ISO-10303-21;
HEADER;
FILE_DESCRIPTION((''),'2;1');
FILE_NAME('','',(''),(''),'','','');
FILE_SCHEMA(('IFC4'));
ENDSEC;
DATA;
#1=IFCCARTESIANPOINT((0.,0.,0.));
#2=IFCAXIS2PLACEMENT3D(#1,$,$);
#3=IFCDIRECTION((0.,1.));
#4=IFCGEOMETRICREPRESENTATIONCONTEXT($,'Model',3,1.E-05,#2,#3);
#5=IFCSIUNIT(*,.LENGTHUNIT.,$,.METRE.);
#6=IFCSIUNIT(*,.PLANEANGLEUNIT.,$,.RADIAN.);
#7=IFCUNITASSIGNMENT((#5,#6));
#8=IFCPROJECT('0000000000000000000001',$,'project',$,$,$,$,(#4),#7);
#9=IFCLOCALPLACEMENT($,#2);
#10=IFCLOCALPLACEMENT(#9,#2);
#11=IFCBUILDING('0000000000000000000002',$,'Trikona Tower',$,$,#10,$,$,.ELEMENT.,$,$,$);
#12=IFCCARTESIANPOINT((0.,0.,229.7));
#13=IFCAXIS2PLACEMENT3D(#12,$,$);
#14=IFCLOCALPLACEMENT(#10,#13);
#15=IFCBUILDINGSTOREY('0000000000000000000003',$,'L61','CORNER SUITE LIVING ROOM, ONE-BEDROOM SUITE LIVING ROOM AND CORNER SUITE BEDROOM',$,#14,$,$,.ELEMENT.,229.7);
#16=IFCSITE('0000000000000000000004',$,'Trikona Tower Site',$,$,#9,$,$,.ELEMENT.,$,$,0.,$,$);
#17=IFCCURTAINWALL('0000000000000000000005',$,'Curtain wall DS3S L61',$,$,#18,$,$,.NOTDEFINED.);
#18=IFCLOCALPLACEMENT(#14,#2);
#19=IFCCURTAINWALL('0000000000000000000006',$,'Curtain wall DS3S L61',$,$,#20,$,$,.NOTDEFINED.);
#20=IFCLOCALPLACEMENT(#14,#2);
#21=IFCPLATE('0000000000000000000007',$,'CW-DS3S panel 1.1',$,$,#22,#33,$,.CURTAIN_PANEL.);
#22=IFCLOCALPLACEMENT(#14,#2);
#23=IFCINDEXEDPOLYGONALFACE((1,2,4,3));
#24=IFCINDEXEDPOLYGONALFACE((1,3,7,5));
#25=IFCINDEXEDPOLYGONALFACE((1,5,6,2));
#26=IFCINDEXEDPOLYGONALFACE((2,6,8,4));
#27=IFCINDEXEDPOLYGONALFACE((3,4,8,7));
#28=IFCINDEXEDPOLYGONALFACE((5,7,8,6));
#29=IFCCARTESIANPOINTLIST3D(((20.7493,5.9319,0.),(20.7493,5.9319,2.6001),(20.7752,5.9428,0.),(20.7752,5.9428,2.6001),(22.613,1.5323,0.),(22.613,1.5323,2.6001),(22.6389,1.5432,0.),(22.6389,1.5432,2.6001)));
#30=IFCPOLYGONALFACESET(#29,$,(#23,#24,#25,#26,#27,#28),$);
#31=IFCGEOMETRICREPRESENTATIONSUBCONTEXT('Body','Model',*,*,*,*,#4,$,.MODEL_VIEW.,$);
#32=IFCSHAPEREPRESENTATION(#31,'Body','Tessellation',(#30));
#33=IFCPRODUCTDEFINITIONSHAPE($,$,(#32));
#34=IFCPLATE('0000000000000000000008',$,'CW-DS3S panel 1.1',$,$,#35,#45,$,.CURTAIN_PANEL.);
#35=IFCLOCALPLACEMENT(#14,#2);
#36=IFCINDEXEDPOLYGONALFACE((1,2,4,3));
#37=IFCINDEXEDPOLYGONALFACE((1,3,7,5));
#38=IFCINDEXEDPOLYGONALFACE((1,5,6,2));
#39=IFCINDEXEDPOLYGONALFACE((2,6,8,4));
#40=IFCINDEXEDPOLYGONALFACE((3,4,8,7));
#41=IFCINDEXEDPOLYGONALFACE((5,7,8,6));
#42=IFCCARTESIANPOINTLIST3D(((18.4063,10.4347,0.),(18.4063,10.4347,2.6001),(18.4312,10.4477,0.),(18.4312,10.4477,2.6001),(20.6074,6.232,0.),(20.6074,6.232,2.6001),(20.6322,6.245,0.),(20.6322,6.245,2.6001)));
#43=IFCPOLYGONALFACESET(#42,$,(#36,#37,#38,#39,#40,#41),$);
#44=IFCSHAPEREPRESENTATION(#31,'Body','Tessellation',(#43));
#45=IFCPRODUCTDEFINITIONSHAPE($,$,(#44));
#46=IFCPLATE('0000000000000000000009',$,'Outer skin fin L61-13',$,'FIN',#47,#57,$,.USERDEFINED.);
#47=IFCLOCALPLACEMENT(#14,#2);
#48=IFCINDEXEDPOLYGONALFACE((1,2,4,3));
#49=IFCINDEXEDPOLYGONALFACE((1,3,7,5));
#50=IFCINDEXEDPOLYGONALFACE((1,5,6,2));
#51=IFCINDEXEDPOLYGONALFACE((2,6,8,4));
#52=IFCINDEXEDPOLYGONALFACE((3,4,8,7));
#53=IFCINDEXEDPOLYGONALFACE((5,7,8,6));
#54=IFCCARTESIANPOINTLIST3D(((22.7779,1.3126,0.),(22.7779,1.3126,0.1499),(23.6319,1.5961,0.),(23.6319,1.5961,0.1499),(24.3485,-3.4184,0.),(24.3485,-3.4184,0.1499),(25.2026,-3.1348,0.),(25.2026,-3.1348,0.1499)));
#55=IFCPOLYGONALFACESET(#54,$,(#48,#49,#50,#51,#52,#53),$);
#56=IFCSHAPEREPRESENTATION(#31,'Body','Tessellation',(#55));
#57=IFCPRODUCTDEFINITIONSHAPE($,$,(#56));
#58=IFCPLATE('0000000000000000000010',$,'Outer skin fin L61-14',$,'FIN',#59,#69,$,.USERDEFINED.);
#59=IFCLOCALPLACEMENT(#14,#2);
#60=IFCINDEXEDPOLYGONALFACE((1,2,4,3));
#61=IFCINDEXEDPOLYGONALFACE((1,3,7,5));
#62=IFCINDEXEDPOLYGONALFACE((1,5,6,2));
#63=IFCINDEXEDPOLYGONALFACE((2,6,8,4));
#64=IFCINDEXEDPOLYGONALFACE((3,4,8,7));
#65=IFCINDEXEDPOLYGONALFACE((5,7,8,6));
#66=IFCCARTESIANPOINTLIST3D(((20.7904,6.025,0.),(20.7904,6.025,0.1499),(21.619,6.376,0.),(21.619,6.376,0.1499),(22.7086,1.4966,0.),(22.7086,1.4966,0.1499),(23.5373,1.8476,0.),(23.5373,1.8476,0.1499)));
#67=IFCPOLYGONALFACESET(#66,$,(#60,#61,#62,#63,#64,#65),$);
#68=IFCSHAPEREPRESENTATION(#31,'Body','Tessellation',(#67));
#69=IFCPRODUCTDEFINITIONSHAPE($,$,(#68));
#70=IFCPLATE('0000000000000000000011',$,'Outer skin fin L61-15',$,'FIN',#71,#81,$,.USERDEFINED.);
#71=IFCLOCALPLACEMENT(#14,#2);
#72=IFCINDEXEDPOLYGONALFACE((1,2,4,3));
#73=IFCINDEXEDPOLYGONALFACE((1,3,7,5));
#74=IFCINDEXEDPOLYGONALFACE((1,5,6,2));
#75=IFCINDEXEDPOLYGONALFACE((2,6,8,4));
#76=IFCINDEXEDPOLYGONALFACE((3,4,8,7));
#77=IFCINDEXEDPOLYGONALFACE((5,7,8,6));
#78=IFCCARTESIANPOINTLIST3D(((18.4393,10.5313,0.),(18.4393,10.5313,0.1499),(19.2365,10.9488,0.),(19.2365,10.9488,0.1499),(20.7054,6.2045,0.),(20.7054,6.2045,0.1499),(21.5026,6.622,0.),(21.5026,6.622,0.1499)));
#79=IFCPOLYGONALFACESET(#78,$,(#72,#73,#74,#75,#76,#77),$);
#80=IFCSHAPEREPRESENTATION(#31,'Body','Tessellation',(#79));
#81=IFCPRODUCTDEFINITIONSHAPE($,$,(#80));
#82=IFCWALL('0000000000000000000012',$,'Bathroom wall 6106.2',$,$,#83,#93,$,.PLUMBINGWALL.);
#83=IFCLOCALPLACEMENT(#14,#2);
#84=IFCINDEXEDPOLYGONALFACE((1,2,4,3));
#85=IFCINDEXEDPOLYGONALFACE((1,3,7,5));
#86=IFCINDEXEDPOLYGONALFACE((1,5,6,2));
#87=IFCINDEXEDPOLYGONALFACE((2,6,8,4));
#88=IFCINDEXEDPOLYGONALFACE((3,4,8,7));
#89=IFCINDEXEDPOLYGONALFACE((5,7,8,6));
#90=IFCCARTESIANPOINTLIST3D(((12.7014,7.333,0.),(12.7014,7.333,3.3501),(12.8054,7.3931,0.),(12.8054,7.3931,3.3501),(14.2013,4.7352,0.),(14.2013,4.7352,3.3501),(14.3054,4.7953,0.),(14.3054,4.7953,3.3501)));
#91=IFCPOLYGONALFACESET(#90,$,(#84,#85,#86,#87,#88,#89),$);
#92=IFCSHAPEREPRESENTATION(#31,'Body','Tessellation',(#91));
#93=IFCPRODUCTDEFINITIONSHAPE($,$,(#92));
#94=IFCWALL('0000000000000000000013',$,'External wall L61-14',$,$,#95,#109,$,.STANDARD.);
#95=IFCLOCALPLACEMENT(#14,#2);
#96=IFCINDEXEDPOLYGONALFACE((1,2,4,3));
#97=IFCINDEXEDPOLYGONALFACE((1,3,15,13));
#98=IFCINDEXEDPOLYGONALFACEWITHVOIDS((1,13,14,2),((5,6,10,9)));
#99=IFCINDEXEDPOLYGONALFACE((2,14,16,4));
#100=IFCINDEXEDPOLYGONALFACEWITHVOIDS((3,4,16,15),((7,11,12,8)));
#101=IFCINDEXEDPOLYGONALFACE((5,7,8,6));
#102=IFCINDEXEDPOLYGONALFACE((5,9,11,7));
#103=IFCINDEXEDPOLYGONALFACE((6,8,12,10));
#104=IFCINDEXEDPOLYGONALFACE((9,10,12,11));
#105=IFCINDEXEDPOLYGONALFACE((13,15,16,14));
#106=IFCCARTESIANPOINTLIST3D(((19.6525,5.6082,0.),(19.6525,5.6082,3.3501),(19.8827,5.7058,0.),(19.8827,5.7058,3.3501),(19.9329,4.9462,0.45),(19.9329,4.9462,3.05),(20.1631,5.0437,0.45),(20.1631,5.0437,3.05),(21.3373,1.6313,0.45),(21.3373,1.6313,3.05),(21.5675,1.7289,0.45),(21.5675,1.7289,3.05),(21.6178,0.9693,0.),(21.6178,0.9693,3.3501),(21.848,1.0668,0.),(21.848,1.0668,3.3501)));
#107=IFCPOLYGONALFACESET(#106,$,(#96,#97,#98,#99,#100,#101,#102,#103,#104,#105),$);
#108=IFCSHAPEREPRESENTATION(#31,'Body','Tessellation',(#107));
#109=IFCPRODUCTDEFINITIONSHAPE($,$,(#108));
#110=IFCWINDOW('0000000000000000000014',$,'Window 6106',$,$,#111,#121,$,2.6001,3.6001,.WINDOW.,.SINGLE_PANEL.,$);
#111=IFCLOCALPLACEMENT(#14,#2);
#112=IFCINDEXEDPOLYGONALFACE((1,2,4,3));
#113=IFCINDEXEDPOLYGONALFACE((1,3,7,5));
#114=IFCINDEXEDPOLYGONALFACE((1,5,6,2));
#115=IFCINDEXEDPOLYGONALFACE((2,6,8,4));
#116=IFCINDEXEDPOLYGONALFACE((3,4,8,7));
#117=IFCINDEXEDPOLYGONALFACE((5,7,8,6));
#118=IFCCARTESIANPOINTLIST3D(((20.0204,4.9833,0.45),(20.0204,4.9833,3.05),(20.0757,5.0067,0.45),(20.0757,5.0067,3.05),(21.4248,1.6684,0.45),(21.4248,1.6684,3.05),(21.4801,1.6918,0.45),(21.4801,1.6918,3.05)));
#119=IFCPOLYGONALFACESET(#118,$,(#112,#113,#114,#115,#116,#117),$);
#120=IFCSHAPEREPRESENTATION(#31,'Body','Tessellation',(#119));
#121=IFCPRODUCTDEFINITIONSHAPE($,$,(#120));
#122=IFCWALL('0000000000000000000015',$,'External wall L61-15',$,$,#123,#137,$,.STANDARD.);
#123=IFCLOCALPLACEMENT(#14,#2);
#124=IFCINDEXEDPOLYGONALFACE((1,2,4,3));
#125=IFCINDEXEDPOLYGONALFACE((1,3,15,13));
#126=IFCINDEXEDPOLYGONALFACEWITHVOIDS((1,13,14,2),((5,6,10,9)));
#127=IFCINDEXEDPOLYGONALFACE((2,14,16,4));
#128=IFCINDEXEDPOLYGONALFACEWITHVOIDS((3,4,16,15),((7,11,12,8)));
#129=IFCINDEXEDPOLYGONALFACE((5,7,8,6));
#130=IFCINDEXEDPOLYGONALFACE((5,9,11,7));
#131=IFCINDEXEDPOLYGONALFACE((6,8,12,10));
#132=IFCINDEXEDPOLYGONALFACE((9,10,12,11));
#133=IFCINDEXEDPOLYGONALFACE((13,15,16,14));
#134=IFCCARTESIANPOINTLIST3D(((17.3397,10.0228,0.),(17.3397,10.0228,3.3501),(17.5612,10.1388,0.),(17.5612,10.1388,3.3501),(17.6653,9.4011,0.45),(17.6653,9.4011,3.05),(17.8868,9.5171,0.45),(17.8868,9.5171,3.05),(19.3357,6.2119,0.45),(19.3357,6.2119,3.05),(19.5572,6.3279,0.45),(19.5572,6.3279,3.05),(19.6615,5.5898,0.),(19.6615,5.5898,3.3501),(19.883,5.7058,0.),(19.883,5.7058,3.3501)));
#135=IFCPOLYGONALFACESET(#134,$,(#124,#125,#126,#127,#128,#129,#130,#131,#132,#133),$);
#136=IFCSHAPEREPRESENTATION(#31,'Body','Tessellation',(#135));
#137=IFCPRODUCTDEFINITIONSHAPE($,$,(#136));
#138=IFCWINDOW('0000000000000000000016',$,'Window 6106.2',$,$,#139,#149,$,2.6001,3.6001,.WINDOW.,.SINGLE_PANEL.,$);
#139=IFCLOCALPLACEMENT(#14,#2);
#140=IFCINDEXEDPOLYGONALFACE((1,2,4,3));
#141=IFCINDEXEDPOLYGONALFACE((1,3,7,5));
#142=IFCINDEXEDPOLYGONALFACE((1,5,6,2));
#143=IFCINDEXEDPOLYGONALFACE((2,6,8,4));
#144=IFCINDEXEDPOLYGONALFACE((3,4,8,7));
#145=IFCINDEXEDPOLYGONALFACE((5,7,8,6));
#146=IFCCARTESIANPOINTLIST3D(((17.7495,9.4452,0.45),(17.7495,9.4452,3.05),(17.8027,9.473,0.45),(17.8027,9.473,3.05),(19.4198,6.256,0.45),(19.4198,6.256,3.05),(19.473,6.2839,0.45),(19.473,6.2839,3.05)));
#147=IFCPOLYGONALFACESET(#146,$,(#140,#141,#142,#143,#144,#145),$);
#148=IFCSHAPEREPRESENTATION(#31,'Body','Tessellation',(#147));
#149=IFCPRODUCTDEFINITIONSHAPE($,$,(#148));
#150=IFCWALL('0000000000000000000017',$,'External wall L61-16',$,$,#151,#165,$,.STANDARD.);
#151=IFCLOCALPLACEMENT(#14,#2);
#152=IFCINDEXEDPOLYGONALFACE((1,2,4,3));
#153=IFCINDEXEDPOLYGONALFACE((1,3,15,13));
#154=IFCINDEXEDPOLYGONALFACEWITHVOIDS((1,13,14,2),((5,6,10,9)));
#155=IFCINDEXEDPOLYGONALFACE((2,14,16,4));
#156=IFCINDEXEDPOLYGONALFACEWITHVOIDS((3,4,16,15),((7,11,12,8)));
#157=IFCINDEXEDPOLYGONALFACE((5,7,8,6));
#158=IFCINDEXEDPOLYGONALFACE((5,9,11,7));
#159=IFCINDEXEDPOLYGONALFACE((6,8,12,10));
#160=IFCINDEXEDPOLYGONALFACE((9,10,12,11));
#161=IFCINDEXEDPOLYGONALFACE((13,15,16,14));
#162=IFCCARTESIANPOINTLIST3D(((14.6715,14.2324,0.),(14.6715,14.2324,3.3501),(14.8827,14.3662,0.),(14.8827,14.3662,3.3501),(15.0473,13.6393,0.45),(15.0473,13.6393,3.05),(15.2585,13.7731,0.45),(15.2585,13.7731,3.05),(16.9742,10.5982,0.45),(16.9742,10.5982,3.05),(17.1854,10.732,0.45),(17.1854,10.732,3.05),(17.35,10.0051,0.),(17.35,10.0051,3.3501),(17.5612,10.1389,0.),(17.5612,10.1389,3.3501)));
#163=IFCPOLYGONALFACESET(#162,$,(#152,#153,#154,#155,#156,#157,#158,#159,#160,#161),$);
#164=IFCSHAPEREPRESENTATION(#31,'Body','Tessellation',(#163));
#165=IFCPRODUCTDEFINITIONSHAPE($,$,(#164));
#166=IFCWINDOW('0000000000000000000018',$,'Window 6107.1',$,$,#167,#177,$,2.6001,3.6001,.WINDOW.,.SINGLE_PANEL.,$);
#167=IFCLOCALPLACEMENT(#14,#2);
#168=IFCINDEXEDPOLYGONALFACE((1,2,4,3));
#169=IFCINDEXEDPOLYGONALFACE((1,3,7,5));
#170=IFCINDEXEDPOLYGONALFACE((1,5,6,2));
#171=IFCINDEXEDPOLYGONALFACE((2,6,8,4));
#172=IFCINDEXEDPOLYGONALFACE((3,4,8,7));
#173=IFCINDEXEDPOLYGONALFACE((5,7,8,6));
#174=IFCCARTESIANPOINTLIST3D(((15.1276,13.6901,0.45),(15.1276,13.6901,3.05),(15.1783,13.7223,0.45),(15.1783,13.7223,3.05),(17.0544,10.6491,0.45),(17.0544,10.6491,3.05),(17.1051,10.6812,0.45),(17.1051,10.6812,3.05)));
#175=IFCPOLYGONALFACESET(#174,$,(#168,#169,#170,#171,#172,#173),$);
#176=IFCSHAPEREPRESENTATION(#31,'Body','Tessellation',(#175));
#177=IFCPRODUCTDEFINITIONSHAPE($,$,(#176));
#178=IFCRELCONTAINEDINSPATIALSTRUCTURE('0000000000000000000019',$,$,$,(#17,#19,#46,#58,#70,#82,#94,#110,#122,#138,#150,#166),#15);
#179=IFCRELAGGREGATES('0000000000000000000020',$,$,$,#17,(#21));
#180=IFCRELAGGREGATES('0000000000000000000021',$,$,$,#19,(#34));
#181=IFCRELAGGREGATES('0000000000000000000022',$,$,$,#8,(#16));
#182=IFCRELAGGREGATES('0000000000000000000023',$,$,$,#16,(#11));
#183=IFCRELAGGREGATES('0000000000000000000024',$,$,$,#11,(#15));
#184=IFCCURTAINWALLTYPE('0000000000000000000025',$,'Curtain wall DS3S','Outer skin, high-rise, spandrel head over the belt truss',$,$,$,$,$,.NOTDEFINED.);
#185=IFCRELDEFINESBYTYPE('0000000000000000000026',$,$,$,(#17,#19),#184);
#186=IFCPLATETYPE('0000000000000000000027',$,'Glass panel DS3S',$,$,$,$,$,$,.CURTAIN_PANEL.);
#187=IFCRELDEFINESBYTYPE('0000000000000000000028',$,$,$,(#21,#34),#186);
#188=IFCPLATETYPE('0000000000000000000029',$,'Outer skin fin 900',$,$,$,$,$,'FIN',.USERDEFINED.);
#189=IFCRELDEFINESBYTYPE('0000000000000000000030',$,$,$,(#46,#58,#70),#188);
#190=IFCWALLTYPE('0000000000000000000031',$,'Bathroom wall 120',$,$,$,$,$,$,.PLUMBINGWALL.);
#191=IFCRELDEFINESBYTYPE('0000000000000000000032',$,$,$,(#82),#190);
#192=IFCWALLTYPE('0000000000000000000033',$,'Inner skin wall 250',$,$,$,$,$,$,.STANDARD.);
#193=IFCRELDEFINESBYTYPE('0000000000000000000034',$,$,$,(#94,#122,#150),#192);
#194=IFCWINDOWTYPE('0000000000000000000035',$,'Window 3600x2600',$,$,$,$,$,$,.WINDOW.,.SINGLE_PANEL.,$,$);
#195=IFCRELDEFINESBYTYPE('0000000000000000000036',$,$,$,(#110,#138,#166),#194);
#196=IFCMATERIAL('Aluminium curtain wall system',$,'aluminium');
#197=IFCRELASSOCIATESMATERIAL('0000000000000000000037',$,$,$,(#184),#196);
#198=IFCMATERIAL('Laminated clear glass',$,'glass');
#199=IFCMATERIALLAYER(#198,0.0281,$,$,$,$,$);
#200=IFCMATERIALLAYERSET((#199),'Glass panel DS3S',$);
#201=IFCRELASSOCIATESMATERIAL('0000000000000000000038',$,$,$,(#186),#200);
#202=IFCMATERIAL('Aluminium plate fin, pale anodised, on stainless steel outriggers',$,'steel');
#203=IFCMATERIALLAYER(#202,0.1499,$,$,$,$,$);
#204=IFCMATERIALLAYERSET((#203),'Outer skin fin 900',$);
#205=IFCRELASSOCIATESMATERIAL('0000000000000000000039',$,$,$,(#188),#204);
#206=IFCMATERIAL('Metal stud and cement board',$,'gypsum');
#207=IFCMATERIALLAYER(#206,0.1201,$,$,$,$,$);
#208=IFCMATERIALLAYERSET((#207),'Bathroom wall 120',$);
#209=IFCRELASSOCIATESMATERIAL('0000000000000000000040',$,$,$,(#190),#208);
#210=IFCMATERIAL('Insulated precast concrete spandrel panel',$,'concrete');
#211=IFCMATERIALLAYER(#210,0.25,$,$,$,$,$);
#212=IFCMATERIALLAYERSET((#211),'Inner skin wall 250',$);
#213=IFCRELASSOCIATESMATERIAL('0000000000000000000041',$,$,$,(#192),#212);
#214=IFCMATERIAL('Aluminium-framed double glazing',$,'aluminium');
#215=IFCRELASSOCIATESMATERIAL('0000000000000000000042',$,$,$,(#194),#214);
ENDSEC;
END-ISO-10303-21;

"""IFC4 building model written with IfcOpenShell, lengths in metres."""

from ifc_helpers import new_model, si_unit, direction, frame, frame_2d, origin, origin_2d, place, context, subcontext, project, spatial, rectangle, extrude, material, layer, layer_set, type_object, element, fill, aggregate, save


model = new_model("IFC4")

# Units and contexts
model_context = context("Model", 3, precision=1e-05, world=origin(), true_north=direction((0.0, 1.0)))
body_context = subcontext(model_context, "Body", "Model", "MODEL_VIEW")
ifc_project = project(units=[si_unit("LENGTHUNIT", "METRE"), si_unit("PLANEANGLEUNIT", "RADIAN")], contexts=[model_context])

# Site, building, storey
site_placement = place(None, origin())
site = spatial("IfcSite", under=ifc_project, at=site_placement, Name="Trikona Tower Site", CompositionType="ELEMENT", RefElevation=0.0)
building_placement = place(site_placement, origin())
building = spatial("IfcBuilding", under=site, at=building_placement, Name="Trikona Tower", CompositionType="ELEMENT")
storey_placement = place(building_placement, frame((0.0, 0.0, 229.7)))
storey = spatial("IfcBuildingStorey", under=building, at=storey_placement, Name="L61", Description="CORNER SUITE LIVING ROOM, ONE-BEDROOM SUITE LIVING ROOM AND CORNER SUITE BEDROOM", CompositionType="ELEMENT", Elevation=229.7)

# Shared definitions
ifc_material_1 = material(Name="Aluminium curtain wall system", Category="aluminium")
curtain_wall_type = type_object("IfcCurtainWallType", Name="Curtain wall DS3S", Description="Outer skin, high-rise, spandrel head over the belt truss", PredefinedType="NOTDEFINED", material=ifc_material_1)

# Curtain walls
curtain_wall_1_placement = place(storey_placement, origin())
curtain_wall_1 = element("IfcCurtainWall", 1, at=curtain_wall_1_placement, inside=storey, type_object=curtain_wall_type, Name="Curtain wall DS3S L61", PredefinedType="NOTDEFINED")
curtain_wall_2_placement = place(storey_placement, origin())
curtain_wall_2 = element("IfcCurtainWall", 2, at=curtain_wall_2_placement, inside=storey, type_object=curtain_wall_type, Name="Curtain wall DS3S L61", PredefinedType="NOTDEFINED")

# Plates
ifc_material_2 = material(Name="Laminated clear glass", Category="glass")
ifc_layer_1 = layer(ifc_material_2, 0.0281)
ifc_layer_set_1 = layer_set([ifc_layer_1], Name="Glass panel DS3S")
plate_type_1 = type_object("IfcPlateType", Name="Glass panel DS3S", PredefinedType="CURTAIN_PANEL", material=ifc_layer_set_1)
plate_1_placement = place(storey_placement, frame((21.6941, 3.7375, 0.0), z_axis=(0.0, 0.0, 1.0), x_axis=(-0.390053, 0.920792, 0.0)))
plate_1 = element("IfcPlate", 3, at=plate_1_placement, type_object=plate_type_1, Name="CW-DS3S panel 1.1", PredefinedType="CURTAIN_PANEL", context=body_context, shape_type="SweptSolid", body=[
    extrude(rectangle(XDim=4.7781, YDim=0.0281, at=origin_2d()), origin(), (0.0, 0.0, 1.0), 2.6001),
])
aggregate(curtain_wall_1, [plate_1])
plate_2_placement = place(storey_placement, frame((19.5193, 8.3398, 0.0), z_axis=(0.0, 0.0, 1.0), x_axis=(-0.463948, 0.885862, 0.0)))
plate_2 = element("IfcPlate", 4, at=plate_2_placement, type_object=plate_type_1, Name="CW-DS3S panel 1.1", PredefinedType="CURTAIN_PANEL", context=body_context, shape_type="SweptSolid", body=[
    extrude(rectangle(XDim=4.7441, YDim=0.0281, at=origin_2d()), origin(), (0.0, 0.0, 1.0), 2.6001),
])
aggregate(curtain_wall_2, [plate_2])

# Plates
ifc_material_3 = material(Name="Aluminium plate fin, pale anodised, on stainless steel outriggers", Category="steel")
ifc_layer_2 = layer(ifc_material_3, 0.1499)
ifc_layer_set_2 = layer_set([ifc_layer_2], Name="Outer skin fin 900")
plate_type_2 = type_object("IfcPlateType", Name="Outer skin fin 900", ElementType="FIN", PredefinedType="USERDEFINED", material=ifc_layer_set_2)
plate_3_placement = place(storey_placement, frame((23.9902, -0.9111, 0.0), z_axis=(0.0, 0.0, 1.0), x_axis=(-0.315093, 0.949061, 0.0)))
element("IfcPlate", 5, at=plate_3_placement, inside=storey, type_object=plate_type_2, Name="Outer skin fin L61-13", ObjectType="FIN", PredefinedType="USERDEFINED", context=body_context, shape_type="SweptSolid", body=[
    extrude(rectangle(XDim=4.9849, YDim=0.8999, at=origin_2d()), origin(), (0.0, 0.0, 1.0), 0.1499),
])
plate_4_placement = place(storey_placement, frame((22.1638, 3.9363, 0.0), z_axis=(0.0, 0.0, 1.0), x_axis=(-0.390051, 0.920793, 0.0)))
element("IfcPlate", 6, at=plate_4_placement, inside=storey, type_object=plate_type_2, Name="Outer skin fin L61-14", ObjectType="FIN", PredefinedType="USERDEFINED", context=body_context, shape_type="SweptSolid", body=[
    extrude(rectangle(XDim=4.918, YDim=0.8999, at=origin_2d()), origin(), (0.0, 0.0, 1.0), 0.1499),
])
plate_5_placement = place(storey_placement, frame((19.9709, 8.5767, 0.0), z_axis=(0.0, 0.0, 1.0), x_axis=(-0.463952, 0.88586, 0.0)))
element("IfcPlate", 7, at=plate_5_placement, inside=storey, type_object=plate_type_2, Name="Outer skin fin L61-15", ObjectType="FIN", PredefinedType="USERDEFINED", context=body_context, shape_type="SweptSolid", body=[
    extrude(rectangle(XDim=4.8843, YDim=0.8999, at=origin_2d()), origin(), (0.0, 0.0, 1.0), 0.1499),
])

# Wall
ifc_material_4 = material(Name="Metal stud and cement board", Category="gypsum")
ifc_layer_3 = layer(ifc_material_4, 0.1201)
ifc_layer_set_3 = layer_set([ifc_layer_3], Name="Bathroom wall 120")
wall_type_1 = type_object("IfcWallType", Name="Bathroom wall 120", PredefinedType="PLUMBINGWALL", material=ifc_layer_set_3)
wall_1_placement = place(storey_placement, frame((14.2534, 4.7651, 0.0), z_axis=(0.0, 0.0, 1.0), x_axis=(-0.500025, 0.866011, 0.0)))
element("IfcWall", 8, at=wall_1_placement, inside=storey, type_object=wall_type_1, Name="Bathroom wall 6106.2", PredefinedType="PLUMBINGWALL", context=body_context, shape_type="SweptSolid", body=[
    extrude(rectangle(XDim=2.9998, YDim=0.1201, at=frame_2d((1.5, 0.0))), origin(), (0.0, 0.0, 1.0), 3.3501),
])

# Walls, openings, windows
ifc_material_5 = material(Name="Insulated precast concrete spandrel panel", Category="concrete")
ifc_layer_4 = layer(ifc_material_5, 0.25)
ifc_layer_set_4 = layer_set([ifc_layer_4], Name="Inner skin wall 250")
wall_type_2 = type_object("IfcWallType", Name="Inner skin wall 250", PredefinedType="STANDARD", material=ifc_layer_set_4)
wall_2_placement = place(storey_placement, frame((21.7329, 1.0181, 0.0), z_axis=(0.0, 0.0, 1.0), x_axis=(-0.390097, 0.920774, 0.0)))
wall_2 = element("IfcWall", 9, at=wall_2_placement, inside=storey, type_object=wall_type_2, Name="External wall L61-14", PredefinedType="STANDARD", context=body_context, shape_type="SweptSolid", body=[
    extrude(rectangle(XDim=5.0381, YDim=0.25, at=frame_2d((2.519, 0.0))), origin(), (0.0, 0.0, 1.0), 3.3501),
])
opening_1_placement = place(wall_2_placement, frame((0.719, 0.0, 0.45)))
opening_1 = element("IfcOpeningElement", 10, at=opening_1_placement, cuts=wall_2, PredefinedType="OPENING", context=body_context, shape_type="SweptSolid", body=[
    extrude(rectangle(XDim=3.6001, YDim=2.6001, at=frame_2d((1.8, 1.3))), frame((0.0, 0.135, 0.0), z_axis=(0.0, -1.0, 0.0), x_axis=(1.0, 0.0, 0.0)), (0.0, 0.0, 1.0), 0.27),
])
ifc_material_6 = material(Name="Aluminium-framed double glazing", Category="aluminium")
window_type = type_object("IfcWindowType", Name="Window 3600x2600", PartitioningType="SINGLE_PANEL", PredefinedType="WINDOW", material=ifc_material_6)
window_1_placement = place(opening_1_placement, origin())
window_1 = element("IfcWindow", 11, at=window_1_placement, inside=storey, type_object=window_type, Name="Window 6106", OverallHeight=2.6001, OverallWidth=3.6001, PartitioningType="SINGLE_PANEL", PredefinedType="WINDOW", context=body_context, shape_type="SweptSolid", body=[
    extrude(rectangle(XDim=3.6001, YDim=2.6001, at=frame_2d((1.8, 1.3))), frame((0.0, 0.03, 0.0), z_axis=(0.0, -1.0, 0.0), x_axis=(1.0, 0.0, 0.0)), (0.0, 0.0, 1.0), 0.0601),
])
fill(opening_1, window_1)
wall_3_placement = place(storey_placement, frame((19.7722, 5.6479, 0.0), z_axis=(0.0, 0.0, 1.0), x_axis=(-0.463976, 0.885848, 0.0)))
wall_3 = element("IfcWall", 12, at=wall_3_placement, inside=storey, type_object=wall_type_2, Name="External wall L61-15", PredefinedType="STANDARD", context=body_context, shape_type="SweptSolid", body=[
    extrude(rectangle(XDim=5.0042, YDim=0.25, at=frame_2d((2.502, 0.0))), origin(), (0.0, 0.0, 1.0), 3.3501),
])
opening_2_placement = place(wall_3_placement, frame((0.7021, 0.0, 0.45)))
opening_2 = element("IfcOpeningElement", 13, at=opening_2_placement, cuts=wall_3, PredefinedType="OPENING", context=body_context, shape_type="SweptSolid", body=[
    extrude(rectangle(XDim=3.6001, YDim=2.6001, at=frame_2d((1.8, 1.3))), frame((0.0, 0.135, 0.0), z_axis=(0.0, -1.0, 0.0), x_axis=(1.0, 0.0, 0.0)), (0.0, 0.0, 1.0), 0.27),
])
window_2_placement = place(opening_2_placement, origin())
window_2 = element("IfcWindow", 14, at=window_2_placement, inside=storey, type_object=window_type, Name="Window 6106.2", OverallHeight=2.6001, OverallWidth=3.6001, PartitioningType="SINGLE_PANEL", PredefinedType="WINDOW", context=body_context, shape_type="SweptSolid", body=[
    extrude(rectangle(XDim=3.6001, YDim=2.6001, at=frame_2d((1.8, 1.3))), frame((0.0, 0.03, 0.0), z_axis=(0.0, -1.0, 0.0), x_axis=(1.0, 0.0, 0.0)), (0.0, 0.0, 1.0), 0.0601),
])
fill(opening_2, window_2)
wall_4_placement = place(storey_placement, frame((17.4556, 10.072, 0.0), z_axis=(0.0, 0.0, 1.0), x_axis=(-0.53522, 0.844712, 0.0)))
wall_4 = element("IfcWall", 15, at=wall_4_placement, inside=storey, type_object=wall_type_2, Name="External wall L61-16", PredefinedType="STANDARD", context=body_context, shape_type="SweptSolid", body=[
    extrude(rectangle(XDim=5.0044, YDim=0.25, at=frame_2d((2.5022, 0.0))), origin(), (0.0, 0.0, 1.0), 3.3501),
])
opening_3_placement = place(wall_4_placement, frame((0.7021, 0.0, 0.45)))
opening_3 = element("IfcOpeningElement", 16, at=opening_3_placement, cuts=wall_4, PredefinedType="OPENING", context=body_context, shape_type="SweptSolid", body=[
    extrude(rectangle(XDim=3.6001, YDim=2.6001, at=frame_2d((1.8, 1.3))), frame((0.0, 0.135, 0.0), z_axis=(0.0, -1.0, 0.0), x_axis=(1.0, 0.0, 0.0)), (0.0, 0.0, 1.0), 0.27),
])
window_3_placement = place(opening_3_placement, origin())
window_3 = element("IfcWindow", 17, at=window_3_placement, inside=storey, type_object=window_type, Name="Window 6107.1", OverallHeight=2.6001, OverallWidth=3.6001, PartitioningType="SINGLE_PANEL", PredefinedType="WINDOW", context=body_context, shape_type="SweptSolid", body=[
    extrude(rectangle(XDim=3.6001, YDim=2.6001, at=frame_2d((1.8, 1.3))), frame((0.0, 0.03, 0.0), z_axis=(0.0, -1.0, 0.0), x_axis=(1.0, 0.0, 0.0)), (0.0, 0.0, 1.0), 0.0601),
])
fill(opening_3, window_3)

save(model, "model.ifc")
